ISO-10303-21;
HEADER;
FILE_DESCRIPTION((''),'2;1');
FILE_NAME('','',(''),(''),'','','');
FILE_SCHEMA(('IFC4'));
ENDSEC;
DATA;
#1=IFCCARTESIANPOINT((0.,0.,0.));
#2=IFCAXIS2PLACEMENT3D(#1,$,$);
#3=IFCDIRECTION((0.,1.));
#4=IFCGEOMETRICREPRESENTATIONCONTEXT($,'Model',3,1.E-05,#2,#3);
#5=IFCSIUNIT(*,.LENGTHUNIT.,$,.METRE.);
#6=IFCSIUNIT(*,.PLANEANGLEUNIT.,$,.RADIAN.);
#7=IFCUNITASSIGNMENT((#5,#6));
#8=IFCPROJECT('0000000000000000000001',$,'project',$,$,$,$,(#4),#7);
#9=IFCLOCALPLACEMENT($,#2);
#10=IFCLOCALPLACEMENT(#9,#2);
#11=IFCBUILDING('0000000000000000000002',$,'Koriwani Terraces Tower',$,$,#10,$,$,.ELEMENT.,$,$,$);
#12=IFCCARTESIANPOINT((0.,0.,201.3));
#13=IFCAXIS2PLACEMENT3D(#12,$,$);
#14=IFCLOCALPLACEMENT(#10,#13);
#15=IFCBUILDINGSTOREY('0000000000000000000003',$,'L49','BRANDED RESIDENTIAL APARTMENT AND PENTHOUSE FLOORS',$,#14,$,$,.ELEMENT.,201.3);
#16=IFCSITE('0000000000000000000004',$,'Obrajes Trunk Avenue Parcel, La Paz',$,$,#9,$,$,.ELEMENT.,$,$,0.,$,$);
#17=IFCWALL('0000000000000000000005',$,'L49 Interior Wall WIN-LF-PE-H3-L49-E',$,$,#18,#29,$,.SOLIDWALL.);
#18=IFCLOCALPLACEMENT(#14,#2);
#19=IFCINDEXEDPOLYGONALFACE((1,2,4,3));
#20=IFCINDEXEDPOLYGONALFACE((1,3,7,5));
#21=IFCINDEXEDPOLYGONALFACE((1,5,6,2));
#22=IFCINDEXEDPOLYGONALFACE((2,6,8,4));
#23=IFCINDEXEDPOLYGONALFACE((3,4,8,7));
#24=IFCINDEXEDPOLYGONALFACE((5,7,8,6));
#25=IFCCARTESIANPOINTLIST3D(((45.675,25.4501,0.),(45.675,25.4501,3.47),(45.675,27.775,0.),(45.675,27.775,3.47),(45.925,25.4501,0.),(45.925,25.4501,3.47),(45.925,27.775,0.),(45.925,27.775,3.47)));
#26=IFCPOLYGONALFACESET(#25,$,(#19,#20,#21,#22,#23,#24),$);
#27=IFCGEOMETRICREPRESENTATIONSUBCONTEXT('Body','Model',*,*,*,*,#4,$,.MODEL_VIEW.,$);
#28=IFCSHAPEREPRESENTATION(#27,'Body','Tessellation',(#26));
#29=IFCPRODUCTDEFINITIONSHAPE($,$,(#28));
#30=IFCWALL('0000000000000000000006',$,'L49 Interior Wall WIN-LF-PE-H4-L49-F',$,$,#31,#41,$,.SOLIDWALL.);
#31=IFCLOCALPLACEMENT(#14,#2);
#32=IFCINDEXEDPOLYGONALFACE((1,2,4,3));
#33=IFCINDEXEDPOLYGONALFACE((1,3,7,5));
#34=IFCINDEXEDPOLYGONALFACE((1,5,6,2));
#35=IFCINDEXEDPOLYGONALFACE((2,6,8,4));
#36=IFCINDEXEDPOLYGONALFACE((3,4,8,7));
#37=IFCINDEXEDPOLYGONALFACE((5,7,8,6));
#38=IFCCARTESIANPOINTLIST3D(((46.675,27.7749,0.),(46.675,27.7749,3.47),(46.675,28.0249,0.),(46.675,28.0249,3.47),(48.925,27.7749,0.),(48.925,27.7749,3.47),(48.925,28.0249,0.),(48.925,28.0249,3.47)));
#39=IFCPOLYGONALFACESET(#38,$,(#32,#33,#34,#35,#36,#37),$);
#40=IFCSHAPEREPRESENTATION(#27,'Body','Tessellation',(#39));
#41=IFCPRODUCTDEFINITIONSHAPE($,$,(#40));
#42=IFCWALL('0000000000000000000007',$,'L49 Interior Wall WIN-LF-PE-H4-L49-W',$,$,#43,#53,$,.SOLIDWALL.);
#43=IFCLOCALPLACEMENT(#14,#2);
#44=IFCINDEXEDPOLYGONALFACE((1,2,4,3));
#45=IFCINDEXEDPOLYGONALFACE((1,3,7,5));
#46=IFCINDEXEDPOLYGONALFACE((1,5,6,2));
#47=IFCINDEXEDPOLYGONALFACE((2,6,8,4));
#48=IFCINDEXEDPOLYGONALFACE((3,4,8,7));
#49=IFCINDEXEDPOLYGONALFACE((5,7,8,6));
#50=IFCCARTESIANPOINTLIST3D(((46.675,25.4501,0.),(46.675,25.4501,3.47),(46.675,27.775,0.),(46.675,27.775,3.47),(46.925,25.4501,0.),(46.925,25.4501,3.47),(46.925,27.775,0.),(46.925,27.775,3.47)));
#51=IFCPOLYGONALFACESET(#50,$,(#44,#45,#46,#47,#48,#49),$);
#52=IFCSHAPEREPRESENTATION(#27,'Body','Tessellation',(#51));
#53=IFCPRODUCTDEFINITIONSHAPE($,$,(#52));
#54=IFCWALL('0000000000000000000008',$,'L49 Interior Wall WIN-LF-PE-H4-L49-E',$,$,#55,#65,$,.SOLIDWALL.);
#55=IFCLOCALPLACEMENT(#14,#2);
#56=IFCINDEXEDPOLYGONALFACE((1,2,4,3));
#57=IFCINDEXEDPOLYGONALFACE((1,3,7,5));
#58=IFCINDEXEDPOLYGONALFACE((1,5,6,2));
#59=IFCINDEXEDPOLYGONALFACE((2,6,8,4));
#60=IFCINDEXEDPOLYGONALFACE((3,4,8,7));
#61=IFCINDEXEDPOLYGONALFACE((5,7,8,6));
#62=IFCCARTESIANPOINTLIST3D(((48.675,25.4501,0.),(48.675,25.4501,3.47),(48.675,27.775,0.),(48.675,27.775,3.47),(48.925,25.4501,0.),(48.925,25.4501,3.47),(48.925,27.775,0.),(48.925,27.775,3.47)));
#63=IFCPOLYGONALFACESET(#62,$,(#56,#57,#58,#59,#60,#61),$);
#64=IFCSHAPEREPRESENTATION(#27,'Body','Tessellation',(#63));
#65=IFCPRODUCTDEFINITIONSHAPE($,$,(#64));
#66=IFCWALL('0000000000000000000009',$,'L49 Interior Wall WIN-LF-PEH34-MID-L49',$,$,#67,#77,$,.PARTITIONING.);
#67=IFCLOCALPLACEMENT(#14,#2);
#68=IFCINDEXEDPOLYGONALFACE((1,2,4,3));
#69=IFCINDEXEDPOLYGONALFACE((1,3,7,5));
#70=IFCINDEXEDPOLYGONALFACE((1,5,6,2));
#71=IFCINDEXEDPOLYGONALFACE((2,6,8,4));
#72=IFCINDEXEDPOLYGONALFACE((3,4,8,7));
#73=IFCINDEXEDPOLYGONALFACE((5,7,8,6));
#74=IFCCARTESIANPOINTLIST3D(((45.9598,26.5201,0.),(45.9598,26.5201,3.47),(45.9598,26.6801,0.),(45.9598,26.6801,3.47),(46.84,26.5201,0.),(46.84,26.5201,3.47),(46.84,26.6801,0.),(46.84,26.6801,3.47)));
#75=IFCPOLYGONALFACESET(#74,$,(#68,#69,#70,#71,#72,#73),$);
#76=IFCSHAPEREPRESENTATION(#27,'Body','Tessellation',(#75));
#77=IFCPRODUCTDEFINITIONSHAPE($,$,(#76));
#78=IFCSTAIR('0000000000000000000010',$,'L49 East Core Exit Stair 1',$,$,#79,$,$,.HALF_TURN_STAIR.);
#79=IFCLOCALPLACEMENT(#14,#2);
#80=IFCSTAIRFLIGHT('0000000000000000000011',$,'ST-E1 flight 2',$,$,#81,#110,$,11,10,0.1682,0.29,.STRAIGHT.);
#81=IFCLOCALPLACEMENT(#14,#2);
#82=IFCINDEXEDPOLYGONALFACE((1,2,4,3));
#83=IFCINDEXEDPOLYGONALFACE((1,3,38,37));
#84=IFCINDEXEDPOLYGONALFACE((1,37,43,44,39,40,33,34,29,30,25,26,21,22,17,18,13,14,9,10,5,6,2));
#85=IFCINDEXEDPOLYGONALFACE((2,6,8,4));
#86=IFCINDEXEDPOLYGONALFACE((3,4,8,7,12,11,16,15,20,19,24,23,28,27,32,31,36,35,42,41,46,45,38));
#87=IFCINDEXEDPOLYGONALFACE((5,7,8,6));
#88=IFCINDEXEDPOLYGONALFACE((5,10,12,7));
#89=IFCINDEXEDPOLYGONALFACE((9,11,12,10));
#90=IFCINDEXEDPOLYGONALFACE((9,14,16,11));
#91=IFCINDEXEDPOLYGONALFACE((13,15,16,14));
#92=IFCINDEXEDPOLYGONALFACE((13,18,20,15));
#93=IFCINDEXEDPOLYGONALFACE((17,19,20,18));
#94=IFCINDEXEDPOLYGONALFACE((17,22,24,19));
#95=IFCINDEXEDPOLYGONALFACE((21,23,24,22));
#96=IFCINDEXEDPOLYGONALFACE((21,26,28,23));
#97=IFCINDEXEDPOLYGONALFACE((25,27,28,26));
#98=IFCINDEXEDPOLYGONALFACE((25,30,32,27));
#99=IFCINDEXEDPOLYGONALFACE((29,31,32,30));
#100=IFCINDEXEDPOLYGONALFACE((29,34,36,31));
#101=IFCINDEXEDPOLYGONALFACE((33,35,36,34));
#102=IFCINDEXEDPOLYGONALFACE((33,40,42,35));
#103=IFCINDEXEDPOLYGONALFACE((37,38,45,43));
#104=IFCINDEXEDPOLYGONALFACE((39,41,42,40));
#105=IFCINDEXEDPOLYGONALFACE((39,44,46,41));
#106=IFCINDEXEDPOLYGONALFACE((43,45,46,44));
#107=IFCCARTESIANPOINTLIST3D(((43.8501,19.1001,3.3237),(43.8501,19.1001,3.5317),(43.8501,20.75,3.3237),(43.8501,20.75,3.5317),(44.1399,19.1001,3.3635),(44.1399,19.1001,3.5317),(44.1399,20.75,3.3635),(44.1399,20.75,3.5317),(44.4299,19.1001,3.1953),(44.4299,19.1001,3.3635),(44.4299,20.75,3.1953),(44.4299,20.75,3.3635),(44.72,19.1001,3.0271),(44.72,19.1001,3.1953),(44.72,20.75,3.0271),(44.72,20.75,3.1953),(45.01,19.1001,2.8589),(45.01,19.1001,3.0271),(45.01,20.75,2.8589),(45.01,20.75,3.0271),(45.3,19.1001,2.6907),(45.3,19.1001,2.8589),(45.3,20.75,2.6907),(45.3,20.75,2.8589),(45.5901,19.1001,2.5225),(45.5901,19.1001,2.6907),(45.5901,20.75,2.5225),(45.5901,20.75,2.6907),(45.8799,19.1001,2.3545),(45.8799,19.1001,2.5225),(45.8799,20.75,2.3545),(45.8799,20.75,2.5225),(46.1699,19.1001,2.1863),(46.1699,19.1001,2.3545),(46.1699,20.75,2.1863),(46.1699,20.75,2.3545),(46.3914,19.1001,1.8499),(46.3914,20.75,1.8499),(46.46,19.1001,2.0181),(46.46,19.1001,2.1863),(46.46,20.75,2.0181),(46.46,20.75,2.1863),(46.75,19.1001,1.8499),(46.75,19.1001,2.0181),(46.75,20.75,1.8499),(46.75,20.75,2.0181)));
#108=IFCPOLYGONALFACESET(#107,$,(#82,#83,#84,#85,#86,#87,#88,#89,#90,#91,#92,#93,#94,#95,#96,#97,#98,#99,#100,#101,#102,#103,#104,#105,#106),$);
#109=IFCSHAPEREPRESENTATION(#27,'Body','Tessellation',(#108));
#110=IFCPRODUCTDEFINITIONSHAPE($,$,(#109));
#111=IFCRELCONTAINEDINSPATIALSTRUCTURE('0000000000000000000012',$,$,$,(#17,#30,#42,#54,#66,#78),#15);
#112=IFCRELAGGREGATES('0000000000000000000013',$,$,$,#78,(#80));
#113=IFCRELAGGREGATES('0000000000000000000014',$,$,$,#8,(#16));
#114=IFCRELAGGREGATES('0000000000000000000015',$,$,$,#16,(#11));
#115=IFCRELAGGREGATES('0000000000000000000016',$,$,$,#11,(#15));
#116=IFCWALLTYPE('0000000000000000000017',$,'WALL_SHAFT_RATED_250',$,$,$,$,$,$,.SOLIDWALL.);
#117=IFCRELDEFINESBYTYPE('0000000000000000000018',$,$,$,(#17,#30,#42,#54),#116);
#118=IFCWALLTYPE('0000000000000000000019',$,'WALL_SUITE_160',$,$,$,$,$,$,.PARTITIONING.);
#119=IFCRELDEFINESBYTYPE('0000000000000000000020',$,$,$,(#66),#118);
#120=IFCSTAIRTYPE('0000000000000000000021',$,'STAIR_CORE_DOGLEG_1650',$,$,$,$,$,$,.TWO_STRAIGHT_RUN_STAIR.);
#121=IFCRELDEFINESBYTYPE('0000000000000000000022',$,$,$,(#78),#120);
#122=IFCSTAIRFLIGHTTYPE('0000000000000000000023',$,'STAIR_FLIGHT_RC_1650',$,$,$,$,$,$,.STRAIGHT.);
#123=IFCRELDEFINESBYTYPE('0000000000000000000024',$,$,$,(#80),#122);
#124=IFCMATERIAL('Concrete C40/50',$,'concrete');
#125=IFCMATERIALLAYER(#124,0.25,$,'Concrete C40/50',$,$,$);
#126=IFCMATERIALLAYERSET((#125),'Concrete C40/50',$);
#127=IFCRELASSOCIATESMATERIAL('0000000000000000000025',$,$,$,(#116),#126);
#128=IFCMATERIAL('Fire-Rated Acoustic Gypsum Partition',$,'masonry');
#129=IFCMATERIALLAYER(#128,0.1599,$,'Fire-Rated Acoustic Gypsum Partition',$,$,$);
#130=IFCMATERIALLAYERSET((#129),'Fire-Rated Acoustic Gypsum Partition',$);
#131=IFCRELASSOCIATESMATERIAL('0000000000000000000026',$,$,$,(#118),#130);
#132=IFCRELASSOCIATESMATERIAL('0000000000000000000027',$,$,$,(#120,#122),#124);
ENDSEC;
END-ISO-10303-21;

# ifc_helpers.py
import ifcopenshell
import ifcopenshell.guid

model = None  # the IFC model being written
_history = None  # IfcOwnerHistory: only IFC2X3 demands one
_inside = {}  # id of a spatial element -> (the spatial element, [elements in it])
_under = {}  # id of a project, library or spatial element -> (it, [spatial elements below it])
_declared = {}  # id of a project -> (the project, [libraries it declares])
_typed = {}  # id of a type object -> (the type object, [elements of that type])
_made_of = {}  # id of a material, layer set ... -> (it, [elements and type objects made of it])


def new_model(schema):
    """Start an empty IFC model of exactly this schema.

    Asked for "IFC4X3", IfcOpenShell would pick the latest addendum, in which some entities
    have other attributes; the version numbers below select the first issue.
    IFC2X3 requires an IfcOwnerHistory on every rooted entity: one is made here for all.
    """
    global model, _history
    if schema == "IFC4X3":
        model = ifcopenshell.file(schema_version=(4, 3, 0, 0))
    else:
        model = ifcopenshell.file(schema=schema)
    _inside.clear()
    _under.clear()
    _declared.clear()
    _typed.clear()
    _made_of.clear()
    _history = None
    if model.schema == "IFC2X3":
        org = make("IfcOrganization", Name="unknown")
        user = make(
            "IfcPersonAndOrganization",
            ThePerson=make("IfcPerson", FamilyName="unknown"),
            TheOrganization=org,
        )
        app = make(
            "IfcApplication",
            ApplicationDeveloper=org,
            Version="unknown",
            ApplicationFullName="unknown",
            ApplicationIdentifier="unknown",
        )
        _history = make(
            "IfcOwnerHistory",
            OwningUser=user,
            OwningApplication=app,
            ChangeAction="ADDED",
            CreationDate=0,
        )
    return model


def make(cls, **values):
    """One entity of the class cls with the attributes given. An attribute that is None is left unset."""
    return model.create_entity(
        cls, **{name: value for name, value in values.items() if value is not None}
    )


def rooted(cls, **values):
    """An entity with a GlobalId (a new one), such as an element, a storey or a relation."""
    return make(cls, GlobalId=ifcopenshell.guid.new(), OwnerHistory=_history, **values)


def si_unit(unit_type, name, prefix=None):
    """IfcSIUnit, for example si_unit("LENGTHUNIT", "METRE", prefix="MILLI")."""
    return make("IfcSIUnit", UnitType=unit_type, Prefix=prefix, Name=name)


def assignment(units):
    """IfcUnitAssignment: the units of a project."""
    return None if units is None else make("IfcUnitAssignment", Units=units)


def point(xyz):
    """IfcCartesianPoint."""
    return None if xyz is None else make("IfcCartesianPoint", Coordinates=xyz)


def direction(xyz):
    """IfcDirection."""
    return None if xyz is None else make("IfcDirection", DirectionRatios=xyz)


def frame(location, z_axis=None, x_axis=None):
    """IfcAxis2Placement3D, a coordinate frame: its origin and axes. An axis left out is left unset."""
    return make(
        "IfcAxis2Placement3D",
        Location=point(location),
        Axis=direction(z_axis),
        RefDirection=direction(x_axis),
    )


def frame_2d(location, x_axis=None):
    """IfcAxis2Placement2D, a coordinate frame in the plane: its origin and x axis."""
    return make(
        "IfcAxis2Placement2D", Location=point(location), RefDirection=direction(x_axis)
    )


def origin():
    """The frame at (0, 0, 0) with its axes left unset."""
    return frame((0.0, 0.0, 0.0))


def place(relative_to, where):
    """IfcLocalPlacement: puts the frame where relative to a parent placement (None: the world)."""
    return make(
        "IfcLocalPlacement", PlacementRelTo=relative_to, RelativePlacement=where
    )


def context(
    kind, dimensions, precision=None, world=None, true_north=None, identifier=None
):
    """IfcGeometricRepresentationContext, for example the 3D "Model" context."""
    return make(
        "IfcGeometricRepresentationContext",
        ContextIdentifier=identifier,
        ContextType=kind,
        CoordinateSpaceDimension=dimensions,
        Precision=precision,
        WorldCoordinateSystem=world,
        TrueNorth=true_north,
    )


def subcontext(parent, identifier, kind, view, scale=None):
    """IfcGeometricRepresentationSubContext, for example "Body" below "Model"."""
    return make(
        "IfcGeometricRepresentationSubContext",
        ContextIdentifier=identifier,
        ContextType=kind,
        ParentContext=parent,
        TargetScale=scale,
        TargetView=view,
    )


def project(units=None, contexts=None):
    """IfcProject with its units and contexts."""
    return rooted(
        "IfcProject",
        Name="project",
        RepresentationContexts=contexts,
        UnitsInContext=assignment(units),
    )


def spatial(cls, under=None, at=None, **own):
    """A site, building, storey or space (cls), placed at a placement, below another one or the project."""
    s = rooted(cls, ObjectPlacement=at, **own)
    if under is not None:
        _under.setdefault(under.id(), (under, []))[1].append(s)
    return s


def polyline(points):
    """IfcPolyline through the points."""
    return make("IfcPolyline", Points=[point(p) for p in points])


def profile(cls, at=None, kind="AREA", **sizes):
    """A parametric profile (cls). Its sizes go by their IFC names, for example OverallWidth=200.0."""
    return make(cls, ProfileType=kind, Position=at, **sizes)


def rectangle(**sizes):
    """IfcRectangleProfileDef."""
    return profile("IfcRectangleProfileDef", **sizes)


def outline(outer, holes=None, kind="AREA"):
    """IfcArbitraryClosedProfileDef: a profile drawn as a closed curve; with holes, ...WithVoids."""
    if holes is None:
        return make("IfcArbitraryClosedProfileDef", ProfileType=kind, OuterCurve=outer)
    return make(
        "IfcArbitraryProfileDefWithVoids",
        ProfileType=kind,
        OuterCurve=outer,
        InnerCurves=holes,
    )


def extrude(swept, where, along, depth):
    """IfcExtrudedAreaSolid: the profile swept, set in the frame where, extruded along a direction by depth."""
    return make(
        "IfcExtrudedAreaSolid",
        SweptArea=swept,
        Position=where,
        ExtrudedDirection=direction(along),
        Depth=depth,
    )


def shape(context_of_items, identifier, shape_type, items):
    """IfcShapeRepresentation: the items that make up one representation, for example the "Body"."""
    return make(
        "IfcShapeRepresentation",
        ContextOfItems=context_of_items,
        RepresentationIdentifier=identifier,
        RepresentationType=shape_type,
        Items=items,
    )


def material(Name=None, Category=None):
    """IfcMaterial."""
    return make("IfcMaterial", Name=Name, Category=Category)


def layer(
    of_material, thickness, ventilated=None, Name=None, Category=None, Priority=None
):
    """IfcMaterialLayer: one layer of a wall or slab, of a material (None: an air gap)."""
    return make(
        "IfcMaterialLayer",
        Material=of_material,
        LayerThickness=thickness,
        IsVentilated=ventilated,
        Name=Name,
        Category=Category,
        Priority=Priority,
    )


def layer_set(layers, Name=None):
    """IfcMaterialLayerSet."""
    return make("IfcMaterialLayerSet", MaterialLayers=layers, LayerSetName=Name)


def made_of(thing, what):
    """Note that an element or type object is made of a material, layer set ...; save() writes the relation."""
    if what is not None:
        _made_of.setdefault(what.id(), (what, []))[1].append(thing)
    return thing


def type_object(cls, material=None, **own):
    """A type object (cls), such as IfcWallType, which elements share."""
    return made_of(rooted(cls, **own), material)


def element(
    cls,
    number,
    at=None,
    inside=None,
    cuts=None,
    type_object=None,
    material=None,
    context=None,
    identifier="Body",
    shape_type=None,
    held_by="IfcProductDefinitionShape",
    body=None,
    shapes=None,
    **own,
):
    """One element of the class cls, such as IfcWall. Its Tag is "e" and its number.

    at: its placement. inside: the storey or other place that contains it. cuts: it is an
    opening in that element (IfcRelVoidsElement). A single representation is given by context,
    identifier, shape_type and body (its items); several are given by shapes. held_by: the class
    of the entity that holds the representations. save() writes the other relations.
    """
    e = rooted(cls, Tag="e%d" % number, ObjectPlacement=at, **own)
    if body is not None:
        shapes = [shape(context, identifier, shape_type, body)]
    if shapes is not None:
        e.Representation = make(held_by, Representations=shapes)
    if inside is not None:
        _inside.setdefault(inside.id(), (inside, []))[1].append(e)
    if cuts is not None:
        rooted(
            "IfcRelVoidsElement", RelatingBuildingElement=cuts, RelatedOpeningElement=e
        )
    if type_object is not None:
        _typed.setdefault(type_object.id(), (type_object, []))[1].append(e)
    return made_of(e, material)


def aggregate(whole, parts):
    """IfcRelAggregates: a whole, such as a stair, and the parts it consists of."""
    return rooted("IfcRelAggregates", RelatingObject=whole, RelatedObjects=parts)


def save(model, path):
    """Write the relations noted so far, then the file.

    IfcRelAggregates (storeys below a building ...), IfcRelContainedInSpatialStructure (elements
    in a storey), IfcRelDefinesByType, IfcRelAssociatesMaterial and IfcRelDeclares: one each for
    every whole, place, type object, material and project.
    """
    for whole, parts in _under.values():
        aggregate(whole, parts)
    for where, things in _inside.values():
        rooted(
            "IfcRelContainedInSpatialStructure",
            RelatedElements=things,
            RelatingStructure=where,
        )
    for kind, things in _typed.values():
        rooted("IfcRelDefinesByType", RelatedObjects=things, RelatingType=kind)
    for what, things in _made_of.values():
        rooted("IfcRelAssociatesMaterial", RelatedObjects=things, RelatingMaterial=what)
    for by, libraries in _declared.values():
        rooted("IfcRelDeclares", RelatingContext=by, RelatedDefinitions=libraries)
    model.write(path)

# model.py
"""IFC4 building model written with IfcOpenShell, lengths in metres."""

from ifc_helpers import new_model, si_unit, direction, frame, frame_2d, origin, place, context, subcontext, project, spatial, polyline, rectangle, outline, extrude, material, layer, layer_set, type_object, element, aggregate, save


model = new_model("IFC4")

# Units and contexts
model_context = context("Model", 3, precision=1e-05, world=origin(), true_north=direction((0.0, 1.0)))
body_context = subcontext(model_context, "Body", "Model", "MODEL_VIEW")
ifc_project = project(units=[si_unit("LENGTHUNIT", "METRE"), si_unit("PLANEANGLEUNIT", "RADIAN")], contexts=[model_context])

# Site, building, storey
site_placement = place(None, origin())
site = spatial("IfcSite", under=ifc_project, at=site_placement, Name="Obrajes Trunk Avenue Parcel, La Paz", CompositionType="ELEMENT", RefElevation=0.0)
building_placement = place(site_placement, origin())
building = spatial("IfcBuilding", under=site, at=building_placement, Name="Koriwani Terraces Tower", CompositionType="ELEMENT")
storey_placement = place(building_placement, frame((0.0, 0.0, 201.3)))
storey = spatial("IfcBuildingStorey", under=building, at=storey_placement, Name="L49", Description="BRANDED RESIDENTIAL APARTMENT AND PENTHOUSE FLOORS", CompositionType="ELEMENT", Elevation=201.3)

# Shared definitions
ifc_material_1 = material(Name="Concrete C40/50", Category="concrete")
ifc_layer_1 = layer(ifc_material_1, 0.25, Name="Concrete C40/50")
ifc_layer_set_1 = layer_set([ifc_layer_1], Name="Concrete C40/50")
wall_type_1 = type_object("IfcWallType", Name="WALL_SHAFT_RATED_250", PredefinedType="SOLIDWALL", material=ifc_layer_set_1)

# Walls
for number, where, z_axis, x_axis, name in (
    (1, (45.8, 25.45, 0.0), (0.0, 0.0, 1.0), (0.0, 1.0, 0.0), "L49 Interior Wall WIN-LF-PE-H3-L49-E"),
):
    element("IfcWall", number, at=place(storey_placement, frame(where, z_axis=z_axis, x_axis=x_axis)), inside=storey, type_object=wall_type_1, Name=name, PredefinedType="SOLIDWALL", context=body_context, shape_type="SweptSolid", body=[
        extrude(rectangle(XDim=2.325, YDim=0.25, at=frame_2d((1.1626, 0.0))), origin(), (0.0, 0.0, 1.0), 3.47),
    ])
wall_1_placement = place(storey_placement, frame((46.675, 27.8999, 0.0), z_axis=(0.0, 0.0, 1.0), x_axis=(1.0, 0.0, 0.0)))
element("IfcWall", 2, at=wall_1_placement, inside=storey, type_object=wall_type_1, Name="L49 Interior Wall WIN-LF-PE-H4-L49-F", PredefinedType="SOLIDWALL", context=body_context, shape_type="SweptSolid", body=[
    extrude(rectangle(XDim=2.25, YDim=0.25, at=frame_2d((1.125, 0.0))), origin(), (0.0, 0.0, 1.0), 3.47),
])
for number, where, z_axis, x_axis, name in (
    (3, (46.8, 25.45, 0.0), (0.0, 0.0, 1.0), (0.0, 1.0, 0.0), "L49 Interior Wall WIN-LF-PE-H4-L49-W"),
    (4, (48.8, 25.45, 0.0), (0.0, 0.0, 1.0), (0.0, 1.0, 0.0), "L49 Interior Wall WIN-LF-PE-H4-L49-E"),
):
    element("IfcWall", number, at=place(storey_placement, frame(where, z_axis=z_axis, x_axis=x_axis)), inside=storey, type_object=wall_type_1, Name=name, PredefinedType="SOLIDWALL", context=body_context, shape_type="SweptSolid", body=[
        extrude(rectangle(XDim=2.325, YDim=0.25, at=frame_2d((1.1626, 0.0))), origin(), (0.0, 0.0, 1.0), 3.47),
    ])
ifc_material_2 = material(Name="Fire-Rated Acoustic Gypsum Partition", Category="masonry")
ifc_layer_2 = layer(ifc_material_2, 0.1599, Name="Fire-Rated Acoustic Gypsum Partition")
ifc_layer_set_2 = layer_set([ifc_layer_2], Name="Fire-Rated Acoustic Gypsum Partition")
wall_type_2 = type_object("IfcWallType", Name="WALL_SUITE_160", PredefinedType="PARTITIONING", material=ifc_layer_set_2)
wall_2_placement = place(storey_placement, frame((45.96, 26.6001, 0.0), z_axis=(0.0, 0.0, 1.0), x_axis=(1.0, 0.0, 0.0)))
element("IfcWall", 5, at=wall_2_placement, inside=storey, type_object=wall_type_2, Name="L49 Interior Wall WIN-LF-PEH34-MID-L49", PredefinedType="PARTITIONING", context=body_context, shape_type="SweptSolid", body=[
    extrude(rectangle(XDim=0.8801, YDim=0.1599, at=frame_2d((0.4399, 0.0))), origin(), (0.0, 0.0, 1.0), 3.47),
])

# Stair, stair flight
stair_type = type_object("IfcStairType", Name="STAIR_CORE_DOGLEG_1650", PredefinedType="TWO_STRAIGHT_RUN_STAIR", material=ifc_material_1)
stair_placement = place(storey_placement, origin())
stair = element("IfcStair", 6, at=stair_placement, inside=storey, type_object=stair_type, Name="L49 East Core Exit Stair 1", PredefinedType="HALF_TURN_STAIR")
stair_flight_type = type_object("IfcStairFlightType", Name="STAIR_FLIGHT_RC_1650", PredefinedType="STRAIGHT", material=ifc_material_1)
stair_flight_placement = place(storey_placement, frame((46.75, 19.925, 1.8499), z_axis=(0.0, 0.0, 1.0), x_axis=(-1.0, 0.0, 0.0)))
stair_flight = element("IfcStairFlight", 7, at=stair_flight_placement, type_object=stair_flight_type, Name="ST-E1 flight 2", NumberOfRisers=11, NumberOfTreads=10, PredefinedType="STRAIGHT", RiserHeight=0.1682, TreadLength=0.29, context=body_context, shape_type="SweptSolid", body=[
    extrude(outline(polyline([(0.0, 0.0), (0.0, 0.1682), (0.29, 0.1682), (0.29, 0.3364), (0.5801, 0.3364), (0.5801, 0.5046), (0.8701, 0.5046), (0.8701, 0.6726), (1.1599, 0.6726), (1.1599, 0.8408), (1.45, 0.8408), (1.45, 1.009), (1.74, 1.009), (1.74, 1.1772), (2.03, 1.1772), (2.03, 1.3455), (2.3201, 1.3455), (2.3201, 1.5137), (2.6101, 1.5137), (2.6101, 1.6819), (2.8999, 1.6819), (2.8999, 1.8501), (2.8999, 1.4739), (0.3586, 0.0), (0.0, 0.0)])), frame((0.0, 0.825, 0.0), z_axis=(0.0, -1.0, 0.0), x_axis=(1.0, 0.0, 0.0)), (0.0, 0.0, 1.0), 1.6499),
])
aggregate(stair, [stair_flight])

save(model, "model.ifc")
